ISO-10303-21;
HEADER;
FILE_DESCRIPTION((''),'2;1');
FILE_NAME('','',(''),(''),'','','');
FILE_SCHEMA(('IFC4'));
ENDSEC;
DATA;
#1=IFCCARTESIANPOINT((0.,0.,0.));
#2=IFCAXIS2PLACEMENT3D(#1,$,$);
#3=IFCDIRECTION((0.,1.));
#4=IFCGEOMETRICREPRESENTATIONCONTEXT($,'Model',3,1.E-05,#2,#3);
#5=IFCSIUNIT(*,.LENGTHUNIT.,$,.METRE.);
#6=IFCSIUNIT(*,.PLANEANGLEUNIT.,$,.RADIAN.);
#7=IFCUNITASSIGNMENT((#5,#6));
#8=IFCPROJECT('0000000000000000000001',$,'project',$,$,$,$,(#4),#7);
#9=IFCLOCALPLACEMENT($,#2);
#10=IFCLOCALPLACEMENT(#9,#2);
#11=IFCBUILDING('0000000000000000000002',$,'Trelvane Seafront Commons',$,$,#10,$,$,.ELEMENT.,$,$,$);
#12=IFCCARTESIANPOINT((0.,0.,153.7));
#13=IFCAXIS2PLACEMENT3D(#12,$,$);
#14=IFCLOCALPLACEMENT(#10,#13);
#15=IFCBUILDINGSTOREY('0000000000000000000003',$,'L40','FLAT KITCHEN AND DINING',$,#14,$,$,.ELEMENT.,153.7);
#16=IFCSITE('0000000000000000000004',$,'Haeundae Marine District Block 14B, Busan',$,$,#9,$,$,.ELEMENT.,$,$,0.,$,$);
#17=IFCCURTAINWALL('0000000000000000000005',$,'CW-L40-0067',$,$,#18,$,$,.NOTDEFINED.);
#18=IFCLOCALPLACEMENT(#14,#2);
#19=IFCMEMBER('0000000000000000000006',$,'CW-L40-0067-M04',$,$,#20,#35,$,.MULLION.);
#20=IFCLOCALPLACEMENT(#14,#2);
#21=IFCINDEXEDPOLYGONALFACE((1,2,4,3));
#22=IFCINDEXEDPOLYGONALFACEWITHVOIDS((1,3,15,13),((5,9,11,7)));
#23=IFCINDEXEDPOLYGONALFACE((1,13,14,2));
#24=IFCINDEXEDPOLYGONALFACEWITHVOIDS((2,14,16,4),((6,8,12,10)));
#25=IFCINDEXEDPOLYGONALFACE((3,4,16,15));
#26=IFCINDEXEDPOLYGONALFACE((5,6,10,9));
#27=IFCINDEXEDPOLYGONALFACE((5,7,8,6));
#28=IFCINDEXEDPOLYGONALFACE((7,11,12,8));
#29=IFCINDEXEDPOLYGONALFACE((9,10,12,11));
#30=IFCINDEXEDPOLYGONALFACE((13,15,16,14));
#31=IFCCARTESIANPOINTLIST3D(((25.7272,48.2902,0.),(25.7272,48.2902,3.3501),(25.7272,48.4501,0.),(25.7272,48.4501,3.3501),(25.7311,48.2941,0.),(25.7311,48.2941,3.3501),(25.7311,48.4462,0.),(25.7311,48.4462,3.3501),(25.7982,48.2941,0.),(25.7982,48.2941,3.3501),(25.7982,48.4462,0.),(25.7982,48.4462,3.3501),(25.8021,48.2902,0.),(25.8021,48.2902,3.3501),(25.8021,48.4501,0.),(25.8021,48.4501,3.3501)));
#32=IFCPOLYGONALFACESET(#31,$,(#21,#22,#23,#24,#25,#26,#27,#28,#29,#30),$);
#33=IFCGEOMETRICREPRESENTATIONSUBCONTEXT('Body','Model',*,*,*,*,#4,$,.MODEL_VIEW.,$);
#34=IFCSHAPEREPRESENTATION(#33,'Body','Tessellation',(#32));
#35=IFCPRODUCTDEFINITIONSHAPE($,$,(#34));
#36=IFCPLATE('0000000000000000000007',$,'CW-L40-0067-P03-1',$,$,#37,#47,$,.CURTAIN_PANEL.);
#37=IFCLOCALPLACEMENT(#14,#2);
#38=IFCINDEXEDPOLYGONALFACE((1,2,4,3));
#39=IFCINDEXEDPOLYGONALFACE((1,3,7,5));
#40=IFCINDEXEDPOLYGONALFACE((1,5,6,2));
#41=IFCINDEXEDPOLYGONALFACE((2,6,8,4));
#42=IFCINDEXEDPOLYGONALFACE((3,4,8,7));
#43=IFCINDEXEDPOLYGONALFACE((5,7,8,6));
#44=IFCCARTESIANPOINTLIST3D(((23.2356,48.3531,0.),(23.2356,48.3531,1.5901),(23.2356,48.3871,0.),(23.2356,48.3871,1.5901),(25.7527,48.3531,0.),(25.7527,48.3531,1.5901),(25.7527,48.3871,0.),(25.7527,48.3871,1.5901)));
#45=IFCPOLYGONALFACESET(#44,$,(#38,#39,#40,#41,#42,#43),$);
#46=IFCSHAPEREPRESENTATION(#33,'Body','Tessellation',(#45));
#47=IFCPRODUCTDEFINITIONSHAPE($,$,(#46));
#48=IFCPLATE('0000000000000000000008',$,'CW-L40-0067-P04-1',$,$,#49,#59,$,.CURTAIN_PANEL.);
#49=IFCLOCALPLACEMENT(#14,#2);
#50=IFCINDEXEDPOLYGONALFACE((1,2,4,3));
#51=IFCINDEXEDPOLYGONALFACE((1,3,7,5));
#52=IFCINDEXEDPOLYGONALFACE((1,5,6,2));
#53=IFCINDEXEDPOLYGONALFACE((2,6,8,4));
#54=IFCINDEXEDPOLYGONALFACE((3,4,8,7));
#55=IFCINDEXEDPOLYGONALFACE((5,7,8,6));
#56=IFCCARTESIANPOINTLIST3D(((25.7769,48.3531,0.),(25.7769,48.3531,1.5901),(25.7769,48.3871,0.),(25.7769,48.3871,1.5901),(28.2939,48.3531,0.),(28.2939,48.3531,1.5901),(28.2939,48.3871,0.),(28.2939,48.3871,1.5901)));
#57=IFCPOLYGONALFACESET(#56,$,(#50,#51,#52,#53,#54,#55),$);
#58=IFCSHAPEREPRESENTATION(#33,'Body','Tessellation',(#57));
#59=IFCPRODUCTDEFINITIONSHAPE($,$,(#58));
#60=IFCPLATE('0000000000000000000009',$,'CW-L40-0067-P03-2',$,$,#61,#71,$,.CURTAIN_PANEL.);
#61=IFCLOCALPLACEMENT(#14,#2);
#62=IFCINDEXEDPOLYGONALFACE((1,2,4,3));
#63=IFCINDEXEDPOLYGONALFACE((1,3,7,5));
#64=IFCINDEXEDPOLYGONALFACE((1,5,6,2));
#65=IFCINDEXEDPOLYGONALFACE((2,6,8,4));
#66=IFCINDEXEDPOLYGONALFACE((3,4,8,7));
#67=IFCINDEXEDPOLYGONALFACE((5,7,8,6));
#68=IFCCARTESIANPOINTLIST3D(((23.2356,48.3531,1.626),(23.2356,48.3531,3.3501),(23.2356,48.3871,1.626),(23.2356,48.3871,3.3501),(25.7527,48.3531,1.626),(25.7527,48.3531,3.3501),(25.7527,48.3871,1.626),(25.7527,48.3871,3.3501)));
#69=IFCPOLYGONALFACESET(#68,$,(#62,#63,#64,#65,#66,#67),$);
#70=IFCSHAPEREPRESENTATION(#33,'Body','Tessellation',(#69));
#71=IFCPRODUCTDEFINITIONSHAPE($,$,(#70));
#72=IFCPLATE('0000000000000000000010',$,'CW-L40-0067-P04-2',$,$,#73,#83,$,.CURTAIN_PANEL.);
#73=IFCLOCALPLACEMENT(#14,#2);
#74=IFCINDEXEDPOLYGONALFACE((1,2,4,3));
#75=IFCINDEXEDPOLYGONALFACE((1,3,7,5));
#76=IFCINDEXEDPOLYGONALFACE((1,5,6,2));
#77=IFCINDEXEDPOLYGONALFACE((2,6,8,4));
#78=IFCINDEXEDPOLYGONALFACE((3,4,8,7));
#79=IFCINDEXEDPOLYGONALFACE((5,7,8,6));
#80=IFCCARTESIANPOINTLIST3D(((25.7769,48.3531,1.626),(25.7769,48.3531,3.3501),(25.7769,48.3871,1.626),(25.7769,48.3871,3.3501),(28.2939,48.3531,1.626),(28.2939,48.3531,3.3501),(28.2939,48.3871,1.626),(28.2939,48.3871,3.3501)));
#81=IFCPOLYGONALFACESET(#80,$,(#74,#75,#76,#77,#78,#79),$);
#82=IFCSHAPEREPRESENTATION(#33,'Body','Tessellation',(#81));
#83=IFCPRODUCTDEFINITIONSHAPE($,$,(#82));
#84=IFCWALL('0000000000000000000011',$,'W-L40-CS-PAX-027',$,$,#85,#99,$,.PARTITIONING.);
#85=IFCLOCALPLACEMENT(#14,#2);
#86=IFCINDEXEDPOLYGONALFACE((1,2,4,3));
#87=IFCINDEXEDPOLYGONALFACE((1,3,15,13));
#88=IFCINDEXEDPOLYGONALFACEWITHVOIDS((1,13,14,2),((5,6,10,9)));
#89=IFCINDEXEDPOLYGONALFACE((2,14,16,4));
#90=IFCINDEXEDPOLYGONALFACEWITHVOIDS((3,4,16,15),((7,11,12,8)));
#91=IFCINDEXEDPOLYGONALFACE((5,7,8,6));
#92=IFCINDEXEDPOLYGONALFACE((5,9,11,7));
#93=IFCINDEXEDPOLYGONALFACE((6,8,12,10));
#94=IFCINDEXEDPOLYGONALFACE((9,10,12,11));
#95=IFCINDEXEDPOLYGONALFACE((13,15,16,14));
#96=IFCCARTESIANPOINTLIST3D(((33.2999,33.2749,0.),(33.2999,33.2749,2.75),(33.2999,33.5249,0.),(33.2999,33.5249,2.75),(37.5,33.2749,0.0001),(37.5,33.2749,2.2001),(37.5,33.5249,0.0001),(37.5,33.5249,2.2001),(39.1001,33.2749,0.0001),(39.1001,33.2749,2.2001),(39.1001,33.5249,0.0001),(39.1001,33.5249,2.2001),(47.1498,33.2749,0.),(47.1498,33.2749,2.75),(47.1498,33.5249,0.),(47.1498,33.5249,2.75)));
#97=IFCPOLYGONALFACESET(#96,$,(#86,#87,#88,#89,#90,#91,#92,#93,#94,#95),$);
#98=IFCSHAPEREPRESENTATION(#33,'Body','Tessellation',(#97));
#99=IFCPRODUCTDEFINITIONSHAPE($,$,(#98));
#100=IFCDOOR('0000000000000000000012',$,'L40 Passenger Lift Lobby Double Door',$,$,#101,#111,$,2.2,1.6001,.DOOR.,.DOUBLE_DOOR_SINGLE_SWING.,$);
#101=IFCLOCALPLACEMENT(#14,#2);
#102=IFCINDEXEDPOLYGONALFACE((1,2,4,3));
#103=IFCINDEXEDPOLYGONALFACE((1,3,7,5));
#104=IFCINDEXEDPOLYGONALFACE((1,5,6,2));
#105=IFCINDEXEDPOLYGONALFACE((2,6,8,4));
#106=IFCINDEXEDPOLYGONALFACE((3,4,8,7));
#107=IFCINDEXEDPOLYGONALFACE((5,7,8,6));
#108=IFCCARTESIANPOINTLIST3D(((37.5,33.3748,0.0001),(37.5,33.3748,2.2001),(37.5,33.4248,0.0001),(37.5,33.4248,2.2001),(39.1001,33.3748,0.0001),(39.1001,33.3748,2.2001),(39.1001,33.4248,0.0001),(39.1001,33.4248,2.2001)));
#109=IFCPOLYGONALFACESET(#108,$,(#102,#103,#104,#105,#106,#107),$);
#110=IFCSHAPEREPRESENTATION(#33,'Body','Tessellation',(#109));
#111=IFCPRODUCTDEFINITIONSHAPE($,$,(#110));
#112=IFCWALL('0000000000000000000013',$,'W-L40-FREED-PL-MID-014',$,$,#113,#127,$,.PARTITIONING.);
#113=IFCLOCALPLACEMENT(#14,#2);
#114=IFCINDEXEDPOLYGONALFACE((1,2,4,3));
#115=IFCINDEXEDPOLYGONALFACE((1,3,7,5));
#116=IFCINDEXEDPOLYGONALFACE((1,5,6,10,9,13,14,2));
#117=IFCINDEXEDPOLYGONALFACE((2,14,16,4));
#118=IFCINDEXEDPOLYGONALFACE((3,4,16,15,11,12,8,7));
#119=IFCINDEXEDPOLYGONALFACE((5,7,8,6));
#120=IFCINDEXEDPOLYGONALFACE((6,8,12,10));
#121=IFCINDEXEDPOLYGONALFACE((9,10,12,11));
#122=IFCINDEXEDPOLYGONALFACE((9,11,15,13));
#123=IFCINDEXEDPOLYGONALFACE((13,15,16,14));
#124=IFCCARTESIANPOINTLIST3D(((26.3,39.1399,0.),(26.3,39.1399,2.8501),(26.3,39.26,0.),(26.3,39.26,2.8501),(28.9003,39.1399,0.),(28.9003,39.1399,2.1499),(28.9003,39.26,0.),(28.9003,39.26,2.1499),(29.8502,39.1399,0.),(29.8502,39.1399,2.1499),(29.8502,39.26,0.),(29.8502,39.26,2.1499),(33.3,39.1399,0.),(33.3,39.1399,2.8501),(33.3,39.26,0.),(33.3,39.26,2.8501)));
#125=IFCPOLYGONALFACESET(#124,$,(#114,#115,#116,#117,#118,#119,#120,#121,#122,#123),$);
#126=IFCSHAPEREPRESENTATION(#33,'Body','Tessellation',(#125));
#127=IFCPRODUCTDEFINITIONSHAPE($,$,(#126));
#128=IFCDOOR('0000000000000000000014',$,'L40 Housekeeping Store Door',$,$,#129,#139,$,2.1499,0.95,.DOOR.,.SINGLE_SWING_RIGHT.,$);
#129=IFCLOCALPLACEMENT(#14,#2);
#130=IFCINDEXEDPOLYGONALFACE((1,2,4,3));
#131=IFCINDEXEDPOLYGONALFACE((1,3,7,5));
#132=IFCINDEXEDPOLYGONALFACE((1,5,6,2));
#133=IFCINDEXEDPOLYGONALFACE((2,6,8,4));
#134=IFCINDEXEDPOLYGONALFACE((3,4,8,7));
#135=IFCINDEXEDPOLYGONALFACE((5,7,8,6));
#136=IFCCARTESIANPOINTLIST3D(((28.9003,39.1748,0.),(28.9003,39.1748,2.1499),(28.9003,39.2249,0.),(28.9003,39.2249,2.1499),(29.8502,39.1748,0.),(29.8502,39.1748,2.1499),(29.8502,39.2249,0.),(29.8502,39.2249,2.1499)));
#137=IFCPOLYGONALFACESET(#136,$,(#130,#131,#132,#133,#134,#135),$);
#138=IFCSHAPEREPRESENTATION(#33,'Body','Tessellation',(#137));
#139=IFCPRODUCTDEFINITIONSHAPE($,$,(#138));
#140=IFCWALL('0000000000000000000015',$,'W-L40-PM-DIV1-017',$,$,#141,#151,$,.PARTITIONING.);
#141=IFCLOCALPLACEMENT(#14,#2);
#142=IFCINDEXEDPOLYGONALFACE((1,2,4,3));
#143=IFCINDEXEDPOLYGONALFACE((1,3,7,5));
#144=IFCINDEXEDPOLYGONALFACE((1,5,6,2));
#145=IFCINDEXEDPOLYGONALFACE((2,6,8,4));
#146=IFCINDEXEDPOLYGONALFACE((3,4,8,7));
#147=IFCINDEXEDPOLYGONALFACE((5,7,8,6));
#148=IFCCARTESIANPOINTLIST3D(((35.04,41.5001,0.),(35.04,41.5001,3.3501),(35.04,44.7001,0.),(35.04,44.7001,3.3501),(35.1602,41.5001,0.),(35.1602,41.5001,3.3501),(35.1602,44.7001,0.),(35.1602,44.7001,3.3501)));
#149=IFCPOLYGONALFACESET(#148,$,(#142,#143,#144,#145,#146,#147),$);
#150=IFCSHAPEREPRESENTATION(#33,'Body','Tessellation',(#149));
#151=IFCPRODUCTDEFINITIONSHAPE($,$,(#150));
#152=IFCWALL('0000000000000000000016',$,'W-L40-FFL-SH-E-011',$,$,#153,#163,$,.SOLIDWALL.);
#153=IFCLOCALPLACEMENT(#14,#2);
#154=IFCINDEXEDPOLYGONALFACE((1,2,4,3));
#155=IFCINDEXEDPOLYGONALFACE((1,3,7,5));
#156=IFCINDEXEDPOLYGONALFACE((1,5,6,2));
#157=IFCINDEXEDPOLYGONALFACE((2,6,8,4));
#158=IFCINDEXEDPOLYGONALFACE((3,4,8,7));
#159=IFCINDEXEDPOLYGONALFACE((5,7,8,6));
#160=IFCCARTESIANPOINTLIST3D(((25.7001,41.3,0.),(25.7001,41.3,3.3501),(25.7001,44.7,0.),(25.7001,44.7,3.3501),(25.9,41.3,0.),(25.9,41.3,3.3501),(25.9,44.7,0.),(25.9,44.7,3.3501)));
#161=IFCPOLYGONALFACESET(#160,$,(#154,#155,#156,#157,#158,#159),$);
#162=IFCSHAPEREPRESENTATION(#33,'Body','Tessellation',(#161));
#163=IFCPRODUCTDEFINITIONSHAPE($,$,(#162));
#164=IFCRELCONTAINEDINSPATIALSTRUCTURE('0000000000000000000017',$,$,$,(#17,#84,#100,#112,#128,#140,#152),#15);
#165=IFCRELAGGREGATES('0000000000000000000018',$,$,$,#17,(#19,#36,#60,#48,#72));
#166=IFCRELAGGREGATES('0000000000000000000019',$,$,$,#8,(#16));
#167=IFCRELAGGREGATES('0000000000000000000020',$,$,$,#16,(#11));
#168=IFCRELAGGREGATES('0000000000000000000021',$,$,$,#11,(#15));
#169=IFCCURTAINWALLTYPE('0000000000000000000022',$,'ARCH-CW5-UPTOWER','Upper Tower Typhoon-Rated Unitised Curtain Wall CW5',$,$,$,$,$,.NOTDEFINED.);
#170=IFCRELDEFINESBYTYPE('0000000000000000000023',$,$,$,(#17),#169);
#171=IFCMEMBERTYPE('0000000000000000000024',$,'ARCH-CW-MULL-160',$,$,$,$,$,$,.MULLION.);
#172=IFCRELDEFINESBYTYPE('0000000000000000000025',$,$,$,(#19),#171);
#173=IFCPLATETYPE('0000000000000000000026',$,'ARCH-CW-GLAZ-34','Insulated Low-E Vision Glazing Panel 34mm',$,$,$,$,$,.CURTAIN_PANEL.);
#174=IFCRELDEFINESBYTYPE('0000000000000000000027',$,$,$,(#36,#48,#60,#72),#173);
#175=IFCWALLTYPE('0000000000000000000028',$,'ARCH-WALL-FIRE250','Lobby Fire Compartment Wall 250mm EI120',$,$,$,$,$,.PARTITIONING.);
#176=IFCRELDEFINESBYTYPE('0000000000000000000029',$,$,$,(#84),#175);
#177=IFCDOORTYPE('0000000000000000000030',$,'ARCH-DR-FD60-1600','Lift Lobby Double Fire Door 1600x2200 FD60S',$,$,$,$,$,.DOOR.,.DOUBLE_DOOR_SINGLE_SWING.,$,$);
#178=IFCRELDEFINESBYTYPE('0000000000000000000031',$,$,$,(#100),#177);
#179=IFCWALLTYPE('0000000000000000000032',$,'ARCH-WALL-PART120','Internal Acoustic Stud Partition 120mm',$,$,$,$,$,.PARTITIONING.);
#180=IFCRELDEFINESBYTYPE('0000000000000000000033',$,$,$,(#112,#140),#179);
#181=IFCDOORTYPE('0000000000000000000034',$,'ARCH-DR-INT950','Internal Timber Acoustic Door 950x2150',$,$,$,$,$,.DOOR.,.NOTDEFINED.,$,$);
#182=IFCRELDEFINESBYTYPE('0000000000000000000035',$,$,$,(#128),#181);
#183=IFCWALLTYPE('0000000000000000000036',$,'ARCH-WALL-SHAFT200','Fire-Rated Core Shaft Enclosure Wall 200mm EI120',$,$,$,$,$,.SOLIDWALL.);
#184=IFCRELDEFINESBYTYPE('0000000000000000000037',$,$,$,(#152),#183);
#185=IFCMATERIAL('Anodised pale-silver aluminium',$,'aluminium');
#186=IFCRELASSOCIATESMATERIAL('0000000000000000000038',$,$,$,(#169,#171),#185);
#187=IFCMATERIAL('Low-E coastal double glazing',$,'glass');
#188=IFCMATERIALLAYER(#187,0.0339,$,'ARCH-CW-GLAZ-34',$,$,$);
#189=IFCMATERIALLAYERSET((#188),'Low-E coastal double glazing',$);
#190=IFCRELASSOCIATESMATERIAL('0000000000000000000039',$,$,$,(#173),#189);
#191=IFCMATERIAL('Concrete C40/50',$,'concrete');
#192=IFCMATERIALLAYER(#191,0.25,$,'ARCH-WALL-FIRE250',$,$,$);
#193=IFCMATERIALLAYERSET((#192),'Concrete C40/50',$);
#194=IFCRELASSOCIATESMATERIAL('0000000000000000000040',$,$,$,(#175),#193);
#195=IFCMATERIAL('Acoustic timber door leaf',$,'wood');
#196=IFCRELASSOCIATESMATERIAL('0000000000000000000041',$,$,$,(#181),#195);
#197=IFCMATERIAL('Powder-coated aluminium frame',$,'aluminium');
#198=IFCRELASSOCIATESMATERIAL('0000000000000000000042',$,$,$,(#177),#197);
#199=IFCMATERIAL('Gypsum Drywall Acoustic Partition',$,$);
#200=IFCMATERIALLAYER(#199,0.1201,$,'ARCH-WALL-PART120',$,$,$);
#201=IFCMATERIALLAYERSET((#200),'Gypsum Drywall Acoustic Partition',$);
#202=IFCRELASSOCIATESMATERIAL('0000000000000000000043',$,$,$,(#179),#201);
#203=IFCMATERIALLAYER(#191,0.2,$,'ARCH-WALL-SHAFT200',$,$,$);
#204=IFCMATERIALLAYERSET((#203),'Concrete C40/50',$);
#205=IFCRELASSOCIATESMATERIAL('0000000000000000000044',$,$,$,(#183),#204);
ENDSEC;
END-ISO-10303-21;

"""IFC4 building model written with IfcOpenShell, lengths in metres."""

from ifc_helpers import new_model, si_unit, direction, frame, frame_2d, origin, origin_2d, place, context, subcontext, project, spatial, rectangle, hollow_rectangle, extrude, source, transform, mapped, material, layer, layer_set, material_profile, profile_set, type_object, element, fill, aggregate, save


model = new_model("IFC4")

# Units and contexts
model_context = context("Model", 3, precision=1e-05, world=origin(), true_north=direction((0.0, 1.0)))
body_context = subcontext(model_context, "Body", "Model", "MODEL_VIEW")
ifc_project = project(units=[si_unit("LENGTHUNIT", "METRE"), si_unit("PLANEANGLEUNIT", "RADIAN")], contexts=[model_context])

# Site, building, storey
site_placement = place(None, origin())
site = spatial("IfcSite", under=ifc_project, at=site_placement, Name="Haeundae Marine District Block 14B, Busan", CompositionType="ELEMENT", RefElevation=0.0)
building_placement = place(site_placement, origin())
building = spatial("IfcBuilding", under=site, at=building_placement, Name="Trelvane Seafront Commons", CompositionType="ELEMENT")
storey_placement = place(building_placement, frame((0.0, 0.0, 153.7)))
storey = spatial("IfcBuildingStorey", under=building, at=storey_placement, Name="L40", Description="FLAT KITCHEN AND DINING", CompositionType="ELEMENT", Elevation=153.7)

# Curtain wall, member, plates
ifc_material_1 = material(Name="Anodised pale-silver aluminium", Category="aluminium")
curtain_wall_type = type_object("IfcCurtainWallType", Name="ARCH-CW5-UPTOWER", Description="Upper Tower Typhoon-Rated Unitised Curtain Wall CW5", PredefinedType="NOTDEFINED", material=ifc_material_1)
curtain_wall_placement = place(storey_placement, origin())
curtain_wall = element("IfcCurtainWall", 1, at=curtain_wall_placement, inside=storey, type_object=curtain_wall_type, Name="CW-L40-0067", PredefinedType="NOTDEFINED")
ifc_material_profile_1 = material_profile(ifc_material_1, hollow_rectangle(XDim=0.075, YDim=0.1599, WallThickness=0.0039, at=origin_2d()), Name="MULL-75x160x4")
ifc_profile_set_1 = profile_set([ifc_material_profile_1], Name="Anodised pale-silver aluminium")
member_type_1 = type_object("IfcMemberType", Name="ARCH-CW-MULL-160", PredefinedType="MULLION", material=ifc_profile_set_1)
shared_shape_1 = source(origin(), body_context, "Body", "SweptSolid", [
    extrude(hollow_rectangle(XDim=0.075, YDim=0.1599, WallThickness=0.0039, at=origin_2d()), origin(), (0.0, 0.0, 1.0), 3.3501),
])
member_1_placement = place(storey_placement, frame((25.7646, 48.3701, 0.0), z_axis=(0.0, 0.0, 1.0), x_axis=(1.0, 0.0, 0.0)))
member_1 = element("IfcMember", 2, at=member_1_placement, type_object=member_type_1, Name="CW-L40-0067-M04", PredefinedType="MULLION", context=body_context, shape_type="MappedRepresentation", body=[
    mapped(shared_shape_1, transform((0.0, 0.0, 0.0), x_axis=(1.0, 0.0, 0.0), y_axis=(0.0, 1.0, 0.0), z_axis=(0.0, 0.0, 1.0), scale=1.0)),
])
ifc_material_2 = material(Name="Low-E coastal double glazing", Category="glass")
ifc_layer_1 = layer(ifc_material_2, 0.0339, Name="ARCH-CW-GLAZ-34")
ifc_layer_set_1 = layer_set([ifc_layer_1], Name="Low-E coastal double glazing")
plate_type = type_object("IfcPlateType", Name="ARCH-CW-GLAZ-34", Description="Insulated Low-E Vision Glazing Panel 34mm", PredefinedType="CURTAIN_PANEL", material=ifc_layer_set_1)
shared_shape_2 = source(origin(), body_context, "Body", "SweptSolid", [
    extrude(rectangle(XDim=2.5171, YDim=0.0339, at=origin_2d()), origin(), (0.0, 0.0, 1.0), 1.5901),
])
plate_1_placement = place(storey_placement, frame((24.4941, 48.3701, 0.0), z_axis=(0.0, 0.0, 1.0), x_axis=(1.0, 0.0, 0.0)))
plate_1 = element("IfcPlate", 3, at=plate_1_placement, type_object=plate_type, Name="CW-L40-0067-P03-1", PredefinedType="CURTAIN_PANEL", context=body_context, shape_type="MappedRepresentation", body=[
    mapped(shared_shape_2, transform((0.0, 0.0, 0.0), x_axis=(1.0, 0.0, 0.0), y_axis=(0.0, 1.0, 0.0), z_axis=(0.0, 0.0, 1.0), scale=1.0)),
])
plate_2_placement = place(storey_placement, frame((27.0354, 48.3701, 0.0), z_axis=(0.0, 0.0, 1.0), x_axis=(1.0, 0.0, 0.0)))
plate_2 = element("IfcPlate", 4, at=plate_2_placement, type_object=plate_type, Name="CW-L40-0067-P04-1", PredefinedType="CURTAIN_PANEL", context=body_context, shape_type="MappedRepresentation", body=[
    mapped(shared_shape_2, transform((0.0, 0.0, 0.0), x_axis=(1.0, 0.0, 0.0), y_axis=(0.0, 1.0, 0.0), z_axis=(0.0, 0.0, 1.0), scale=1.0)),
])
shared_shape_3 = source(origin(), body_context, "Body", "SweptSolid", [
    extrude(rectangle(XDim=2.5171, YDim=0.0339, at=origin_2d()), origin(), (0.0, 0.0, 1.0), 1.7241),
])
plate_3_placement = place(storey_placement, frame((24.4941, 48.3701, 1.626), z_axis=(0.0, 0.0, 1.0), x_axis=(1.0, 0.0, 0.0)))
plate_3 = element("IfcPlate", 5, at=plate_3_placement, type_object=plate_type, Name="CW-L40-0067-P03-2", PredefinedType="CURTAIN_PANEL", context=body_context, shape_type="MappedRepresentation", body=[
    mapped(shared_shape_3, transform((0.0, 0.0, 0.0), x_axis=(1.0, 0.0, 0.0), y_axis=(0.0, 1.0, 0.0), z_axis=(0.0, 0.0, 1.0), scale=1.0)),
])
plate_4_placement = place(storey_placement, frame((27.0354, 48.3701, 1.626), z_axis=(0.0, 0.0, 1.0), x_axis=(1.0, 0.0, 0.0)))
plate_4 = element("IfcPlate", 6, at=plate_4_placement, type_object=plate_type, Name="CW-L40-0067-P04-2", PredefinedType="CURTAIN_PANEL", context=body_context, shape_type="MappedRepresentation", body=[
    mapped(shared_shape_3, transform((0.0, 0.0, 0.0), x_axis=(1.0, 0.0, 0.0), y_axis=(0.0, 1.0, 0.0), z_axis=(0.0, 0.0, 1.0), scale=1.0)),
])
aggregate(curtain_wall, [member_1, plate_1, plate_3, plate_2, plate_4])

# Walls, openings, doors
ifc_material_3 = material(Name="Concrete C40/50", Category="concrete")
ifc_layer_2 = layer(ifc_material_3, 0.25, Name="ARCH-WALL-FIRE250")
ifc_layer_set_2 = layer_set([ifc_layer_2], Name="Concrete C40/50")
wall_type_1 = type_object("IfcWallType", Name="ARCH-WALL-FIRE250", Description="Lobby Fire Compartment Wall 250mm EI120", PredefinedType="PARTITIONING", material=ifc_layer_set_2)
ifc_material_4 = material(Name="Acoustic timber door leaf", Category="wood")
door_type_1 = type_object("IfcDoorType", Name="ARCH-DR-INT950", Description="Internal Timber Acoustic Door 950x2150", OperationType="NOTDEFINED", PredefinedType="DOOR", material=ifc_material_4)
shared_shape_4 = source(origin(), body_context, "Body", "SweptSolid", [
    extrude(rectangle(XDim=0.95, YDim=2.1499, at=frame_2d((0.4751, 1.075))), frame((0.0, 0.0249, 0.0), z_axis=(0.0, -1.0, 0.0), x_axis=(1.0, 0.0, 0.0)), (0.0, 0.0, 1.0), 0.05),
])
wall_1_placement = place(storey_placement, frame((33.3, 33.3999, 0.0), z_axis=(0.0, 0.0, 1.0), x_axis=(1.0, 0.0, 0.0)))
wall_1 = element("IfcWall", 7, at=wall_1_placement, inside=storey, type_object=wall_type_1, Name="W-L40-CS-PAX-027", PredefinedType="PARTITIONING", context=body_context, shape_type="SweptSolid", body=[
    extrude(rectangle(XDim=13.8499, YDim=0.25, at=frame_2d((6.9248, 0.0))), origin(), (0.0, 0.0, 1.0), 2.75),
])
opening_1_placement = place(wall_1_placement, frame((4.2, 0.0, 0.0)))
opening_1 = element("IfcOpeningElement", 8, at=opening_1_placement, cuts=wall_1, PredefinedType="OPENING", context=body_context, shape_type="SweptSolid", body=[
    extrude(rectangle(XDim=1.6001, YDim=2.2, at=frame_2d((0.8, 1.1001))), frame((0.0, 0.135, 0.0), z_axis=(0.0, -1.0, 0.0), x_axis=(1.0, 0.0, 0.0)), (0.0, 0.0, 1.0), 0.27),
])
ifc_material_5 = material(Name="Powder-coated aluminium frame", Category="aluminium")
door_type_2 = type_object("IfcDoorType", Name="ARCH-DR-FD60-1600", Description="Lift Lobby Double Fire Door 1600x2200 FD60S", OperationType="DOUBLE_DOOR_SINGLE_SWING", PredefinedType="DOOR", material=ifc_material_5)
shared_shape_5 = source(origin(), body_context, "Body", "SweptSolid", [
    extrude(rectangle(XDim=1.6001, YDim=2.2, at=frame_2d((0.8, 1.1001))), frame((0.0, 0.0249, 0.0), z_axis=(0.0, -1.0, 0.0), x_axis=(1.0, 0.0, 0.0)), (0.0, 0.0, 1.0), 0.05),
])
door_1_placement = place(opening_1_placement, origin())
door_1 = element("IfcDoor", 9, at=door_1_placement, inside=storey, type_object=door_type_2, Name="L40 Passenger Lift Lobby Double Door", OperationType="DOUBLE_DOOR_SINGLE_SWING", OverallHeight=2.2, OverallWidth=1.6001, PredefinedType="DOOR", context=body_context, shape_type="MappedRepresentation", body=[
    mapped(shared_shape_5, transform((0.0, 0.0, 0.0), x_axis=(1.0, 0.0, 0.0), y_axis=(0.0, 1.0, 0.0), z_axis=(0.0, 0.0, 1.0), scale=1.0)),
])
fill(opening_1, door_1)
ifc_material_6 = material(Name="Gypsum Drywall Acoustic Partition")
ifc_layer_3 = layer(ifc_material_6, 0.1201, Name="ARCH-WALL-PART120")
ifc_layer_set_3 = layer_set([ifc_layer_3], Name="Gypsum Drywall Acoustic Partition")
wall_type_2 = type_object("IfcWallType", Name="ARCH-WALL-PART120", Description="Internal Acoustic Stud Partition 120mm", PredefinedType="PARTITIONING", material=ifc_layer_set_3)
wall_2_placement = place(storey_placement, frame((26.3, 39.2, 0.0), z_axis=(0.0, 0.0, 1.0), x_axis=(1.0, 0.0, 0.0)))
wall_2 = element("IfcWall", 10, at=wall_2_placement, inside=storey, type_object=wall_type_2, Name="W-L40-FREED-PL-MID-014", PredefinedType="PARTITIONING", context=body_context, shape_type="SweptSolid", body=[
    extrude(rectangle(XDim=7.0, YDim=0.1201, at=frame_2d((3.5, 0.0))), origin(), (0.0, 0.0, 1.0), 2.8501),
])
opening_2_placement = place(wall_2_placement, frame((2.6001, 0.0, 0.0)))
opening_2 = element("IfcOpeningElement", 11, at=opening_2_placement, cuts=wall_2, PredefinedType="OPENING", context=body_context, shape_type="SweptSolid", body=[
    extrude(rectangle(XDim=0.95, YDim=2.1499, at=frame_2d((0.4751, 1.075))), frame((0.0, 0.0701, 0.0), z_axis=(0.0, -1.0, 0.0), x_axis=(1.0, 0.0, 0.0)), (0.0, 0.0, 1.0), 0.1401),
])
door_2_placement = place(opening_2_placement, origin())
door_2 = element("IfcDoor", 12, at=door_2_placement, inside=storey, type_object=door_type_1, Name="L40 Housekeeping Store Door", OperationType="SINGLE_SWING_RIGHT", OverallHeight=2.1499, OverallWidth=0.95, PredefinedType="DOOR", context=body_context, shape_type="MappedRepresentation", body=[
    mapped(shared_shape_4, transform((0.0, 0.0, 0.0), x_axis=(1.0, 0.0, 0.0), y_axis=(0.0, 1.0, 0.0), z_axis=(0.0, 0.0, 1.0), scale=1.0)),
])
fill(opening_2, door_2)

# Walls
wall_3_placement = place(storey_placement, frame((35.1001, 41.5, 0.0), z_axis=(0.0, 0.0, 1.0), x_axis=(0.0, 1.0, 0.0)))
element("IfcWall", 13, at=wall_3_placement, inside=storey, type_object=wall_type_2, Name="W-L40-PM-DIV1-017", PredefinedType="PARTITIONING", context=body_context, shape_type="SweptSolid", body=[
    extrude(rectangle(XDim=3.2, YDim=0.1201, at=frame_2d((1.6001, 0.0))), origin(), (0.0, 0.0, 1.0), 3.3501),
])
ifc_layer_4 = layer(ifc_material_3, 0.2, Name="ARCH-WALL-SHAFT200")
ifc_layer_set_4 = layer_set([ifc_layer_4], Name="Concrete C40/50")
wall_type_3 = type_object("IfcWallType", Name="ARCH-WALL-SHAFT200", Description="Fire-Rated Core Shaft Enclosure Wall 200mm EI120", PredefinedType="SOLIDWALL", material=ifc_layer_set_4)
wall_4_placement = place(storey_placement, frame((25.8, 41.3, 0.0), z_axis=(0.0, 0.0, 1.0), x_axis=(0.0, 1.0, 0.0)))
element("IfcWall", 14, at=wall_4_placement, inside=storey, type_object=wall_type_3, Name="W-L40-FFL-SH-E-011", PredefinedType="SOLIDWALL", context=body_context, shape_type="SweptSolid", body=[
    extrude(rectangle(XDim=3.3999, YDim=0.2, at=frame_2d((1.7, 0.0))), origin(), (0.0, 0.0, 1.0), 3.3501),
])

save(model, "model.ifc")
